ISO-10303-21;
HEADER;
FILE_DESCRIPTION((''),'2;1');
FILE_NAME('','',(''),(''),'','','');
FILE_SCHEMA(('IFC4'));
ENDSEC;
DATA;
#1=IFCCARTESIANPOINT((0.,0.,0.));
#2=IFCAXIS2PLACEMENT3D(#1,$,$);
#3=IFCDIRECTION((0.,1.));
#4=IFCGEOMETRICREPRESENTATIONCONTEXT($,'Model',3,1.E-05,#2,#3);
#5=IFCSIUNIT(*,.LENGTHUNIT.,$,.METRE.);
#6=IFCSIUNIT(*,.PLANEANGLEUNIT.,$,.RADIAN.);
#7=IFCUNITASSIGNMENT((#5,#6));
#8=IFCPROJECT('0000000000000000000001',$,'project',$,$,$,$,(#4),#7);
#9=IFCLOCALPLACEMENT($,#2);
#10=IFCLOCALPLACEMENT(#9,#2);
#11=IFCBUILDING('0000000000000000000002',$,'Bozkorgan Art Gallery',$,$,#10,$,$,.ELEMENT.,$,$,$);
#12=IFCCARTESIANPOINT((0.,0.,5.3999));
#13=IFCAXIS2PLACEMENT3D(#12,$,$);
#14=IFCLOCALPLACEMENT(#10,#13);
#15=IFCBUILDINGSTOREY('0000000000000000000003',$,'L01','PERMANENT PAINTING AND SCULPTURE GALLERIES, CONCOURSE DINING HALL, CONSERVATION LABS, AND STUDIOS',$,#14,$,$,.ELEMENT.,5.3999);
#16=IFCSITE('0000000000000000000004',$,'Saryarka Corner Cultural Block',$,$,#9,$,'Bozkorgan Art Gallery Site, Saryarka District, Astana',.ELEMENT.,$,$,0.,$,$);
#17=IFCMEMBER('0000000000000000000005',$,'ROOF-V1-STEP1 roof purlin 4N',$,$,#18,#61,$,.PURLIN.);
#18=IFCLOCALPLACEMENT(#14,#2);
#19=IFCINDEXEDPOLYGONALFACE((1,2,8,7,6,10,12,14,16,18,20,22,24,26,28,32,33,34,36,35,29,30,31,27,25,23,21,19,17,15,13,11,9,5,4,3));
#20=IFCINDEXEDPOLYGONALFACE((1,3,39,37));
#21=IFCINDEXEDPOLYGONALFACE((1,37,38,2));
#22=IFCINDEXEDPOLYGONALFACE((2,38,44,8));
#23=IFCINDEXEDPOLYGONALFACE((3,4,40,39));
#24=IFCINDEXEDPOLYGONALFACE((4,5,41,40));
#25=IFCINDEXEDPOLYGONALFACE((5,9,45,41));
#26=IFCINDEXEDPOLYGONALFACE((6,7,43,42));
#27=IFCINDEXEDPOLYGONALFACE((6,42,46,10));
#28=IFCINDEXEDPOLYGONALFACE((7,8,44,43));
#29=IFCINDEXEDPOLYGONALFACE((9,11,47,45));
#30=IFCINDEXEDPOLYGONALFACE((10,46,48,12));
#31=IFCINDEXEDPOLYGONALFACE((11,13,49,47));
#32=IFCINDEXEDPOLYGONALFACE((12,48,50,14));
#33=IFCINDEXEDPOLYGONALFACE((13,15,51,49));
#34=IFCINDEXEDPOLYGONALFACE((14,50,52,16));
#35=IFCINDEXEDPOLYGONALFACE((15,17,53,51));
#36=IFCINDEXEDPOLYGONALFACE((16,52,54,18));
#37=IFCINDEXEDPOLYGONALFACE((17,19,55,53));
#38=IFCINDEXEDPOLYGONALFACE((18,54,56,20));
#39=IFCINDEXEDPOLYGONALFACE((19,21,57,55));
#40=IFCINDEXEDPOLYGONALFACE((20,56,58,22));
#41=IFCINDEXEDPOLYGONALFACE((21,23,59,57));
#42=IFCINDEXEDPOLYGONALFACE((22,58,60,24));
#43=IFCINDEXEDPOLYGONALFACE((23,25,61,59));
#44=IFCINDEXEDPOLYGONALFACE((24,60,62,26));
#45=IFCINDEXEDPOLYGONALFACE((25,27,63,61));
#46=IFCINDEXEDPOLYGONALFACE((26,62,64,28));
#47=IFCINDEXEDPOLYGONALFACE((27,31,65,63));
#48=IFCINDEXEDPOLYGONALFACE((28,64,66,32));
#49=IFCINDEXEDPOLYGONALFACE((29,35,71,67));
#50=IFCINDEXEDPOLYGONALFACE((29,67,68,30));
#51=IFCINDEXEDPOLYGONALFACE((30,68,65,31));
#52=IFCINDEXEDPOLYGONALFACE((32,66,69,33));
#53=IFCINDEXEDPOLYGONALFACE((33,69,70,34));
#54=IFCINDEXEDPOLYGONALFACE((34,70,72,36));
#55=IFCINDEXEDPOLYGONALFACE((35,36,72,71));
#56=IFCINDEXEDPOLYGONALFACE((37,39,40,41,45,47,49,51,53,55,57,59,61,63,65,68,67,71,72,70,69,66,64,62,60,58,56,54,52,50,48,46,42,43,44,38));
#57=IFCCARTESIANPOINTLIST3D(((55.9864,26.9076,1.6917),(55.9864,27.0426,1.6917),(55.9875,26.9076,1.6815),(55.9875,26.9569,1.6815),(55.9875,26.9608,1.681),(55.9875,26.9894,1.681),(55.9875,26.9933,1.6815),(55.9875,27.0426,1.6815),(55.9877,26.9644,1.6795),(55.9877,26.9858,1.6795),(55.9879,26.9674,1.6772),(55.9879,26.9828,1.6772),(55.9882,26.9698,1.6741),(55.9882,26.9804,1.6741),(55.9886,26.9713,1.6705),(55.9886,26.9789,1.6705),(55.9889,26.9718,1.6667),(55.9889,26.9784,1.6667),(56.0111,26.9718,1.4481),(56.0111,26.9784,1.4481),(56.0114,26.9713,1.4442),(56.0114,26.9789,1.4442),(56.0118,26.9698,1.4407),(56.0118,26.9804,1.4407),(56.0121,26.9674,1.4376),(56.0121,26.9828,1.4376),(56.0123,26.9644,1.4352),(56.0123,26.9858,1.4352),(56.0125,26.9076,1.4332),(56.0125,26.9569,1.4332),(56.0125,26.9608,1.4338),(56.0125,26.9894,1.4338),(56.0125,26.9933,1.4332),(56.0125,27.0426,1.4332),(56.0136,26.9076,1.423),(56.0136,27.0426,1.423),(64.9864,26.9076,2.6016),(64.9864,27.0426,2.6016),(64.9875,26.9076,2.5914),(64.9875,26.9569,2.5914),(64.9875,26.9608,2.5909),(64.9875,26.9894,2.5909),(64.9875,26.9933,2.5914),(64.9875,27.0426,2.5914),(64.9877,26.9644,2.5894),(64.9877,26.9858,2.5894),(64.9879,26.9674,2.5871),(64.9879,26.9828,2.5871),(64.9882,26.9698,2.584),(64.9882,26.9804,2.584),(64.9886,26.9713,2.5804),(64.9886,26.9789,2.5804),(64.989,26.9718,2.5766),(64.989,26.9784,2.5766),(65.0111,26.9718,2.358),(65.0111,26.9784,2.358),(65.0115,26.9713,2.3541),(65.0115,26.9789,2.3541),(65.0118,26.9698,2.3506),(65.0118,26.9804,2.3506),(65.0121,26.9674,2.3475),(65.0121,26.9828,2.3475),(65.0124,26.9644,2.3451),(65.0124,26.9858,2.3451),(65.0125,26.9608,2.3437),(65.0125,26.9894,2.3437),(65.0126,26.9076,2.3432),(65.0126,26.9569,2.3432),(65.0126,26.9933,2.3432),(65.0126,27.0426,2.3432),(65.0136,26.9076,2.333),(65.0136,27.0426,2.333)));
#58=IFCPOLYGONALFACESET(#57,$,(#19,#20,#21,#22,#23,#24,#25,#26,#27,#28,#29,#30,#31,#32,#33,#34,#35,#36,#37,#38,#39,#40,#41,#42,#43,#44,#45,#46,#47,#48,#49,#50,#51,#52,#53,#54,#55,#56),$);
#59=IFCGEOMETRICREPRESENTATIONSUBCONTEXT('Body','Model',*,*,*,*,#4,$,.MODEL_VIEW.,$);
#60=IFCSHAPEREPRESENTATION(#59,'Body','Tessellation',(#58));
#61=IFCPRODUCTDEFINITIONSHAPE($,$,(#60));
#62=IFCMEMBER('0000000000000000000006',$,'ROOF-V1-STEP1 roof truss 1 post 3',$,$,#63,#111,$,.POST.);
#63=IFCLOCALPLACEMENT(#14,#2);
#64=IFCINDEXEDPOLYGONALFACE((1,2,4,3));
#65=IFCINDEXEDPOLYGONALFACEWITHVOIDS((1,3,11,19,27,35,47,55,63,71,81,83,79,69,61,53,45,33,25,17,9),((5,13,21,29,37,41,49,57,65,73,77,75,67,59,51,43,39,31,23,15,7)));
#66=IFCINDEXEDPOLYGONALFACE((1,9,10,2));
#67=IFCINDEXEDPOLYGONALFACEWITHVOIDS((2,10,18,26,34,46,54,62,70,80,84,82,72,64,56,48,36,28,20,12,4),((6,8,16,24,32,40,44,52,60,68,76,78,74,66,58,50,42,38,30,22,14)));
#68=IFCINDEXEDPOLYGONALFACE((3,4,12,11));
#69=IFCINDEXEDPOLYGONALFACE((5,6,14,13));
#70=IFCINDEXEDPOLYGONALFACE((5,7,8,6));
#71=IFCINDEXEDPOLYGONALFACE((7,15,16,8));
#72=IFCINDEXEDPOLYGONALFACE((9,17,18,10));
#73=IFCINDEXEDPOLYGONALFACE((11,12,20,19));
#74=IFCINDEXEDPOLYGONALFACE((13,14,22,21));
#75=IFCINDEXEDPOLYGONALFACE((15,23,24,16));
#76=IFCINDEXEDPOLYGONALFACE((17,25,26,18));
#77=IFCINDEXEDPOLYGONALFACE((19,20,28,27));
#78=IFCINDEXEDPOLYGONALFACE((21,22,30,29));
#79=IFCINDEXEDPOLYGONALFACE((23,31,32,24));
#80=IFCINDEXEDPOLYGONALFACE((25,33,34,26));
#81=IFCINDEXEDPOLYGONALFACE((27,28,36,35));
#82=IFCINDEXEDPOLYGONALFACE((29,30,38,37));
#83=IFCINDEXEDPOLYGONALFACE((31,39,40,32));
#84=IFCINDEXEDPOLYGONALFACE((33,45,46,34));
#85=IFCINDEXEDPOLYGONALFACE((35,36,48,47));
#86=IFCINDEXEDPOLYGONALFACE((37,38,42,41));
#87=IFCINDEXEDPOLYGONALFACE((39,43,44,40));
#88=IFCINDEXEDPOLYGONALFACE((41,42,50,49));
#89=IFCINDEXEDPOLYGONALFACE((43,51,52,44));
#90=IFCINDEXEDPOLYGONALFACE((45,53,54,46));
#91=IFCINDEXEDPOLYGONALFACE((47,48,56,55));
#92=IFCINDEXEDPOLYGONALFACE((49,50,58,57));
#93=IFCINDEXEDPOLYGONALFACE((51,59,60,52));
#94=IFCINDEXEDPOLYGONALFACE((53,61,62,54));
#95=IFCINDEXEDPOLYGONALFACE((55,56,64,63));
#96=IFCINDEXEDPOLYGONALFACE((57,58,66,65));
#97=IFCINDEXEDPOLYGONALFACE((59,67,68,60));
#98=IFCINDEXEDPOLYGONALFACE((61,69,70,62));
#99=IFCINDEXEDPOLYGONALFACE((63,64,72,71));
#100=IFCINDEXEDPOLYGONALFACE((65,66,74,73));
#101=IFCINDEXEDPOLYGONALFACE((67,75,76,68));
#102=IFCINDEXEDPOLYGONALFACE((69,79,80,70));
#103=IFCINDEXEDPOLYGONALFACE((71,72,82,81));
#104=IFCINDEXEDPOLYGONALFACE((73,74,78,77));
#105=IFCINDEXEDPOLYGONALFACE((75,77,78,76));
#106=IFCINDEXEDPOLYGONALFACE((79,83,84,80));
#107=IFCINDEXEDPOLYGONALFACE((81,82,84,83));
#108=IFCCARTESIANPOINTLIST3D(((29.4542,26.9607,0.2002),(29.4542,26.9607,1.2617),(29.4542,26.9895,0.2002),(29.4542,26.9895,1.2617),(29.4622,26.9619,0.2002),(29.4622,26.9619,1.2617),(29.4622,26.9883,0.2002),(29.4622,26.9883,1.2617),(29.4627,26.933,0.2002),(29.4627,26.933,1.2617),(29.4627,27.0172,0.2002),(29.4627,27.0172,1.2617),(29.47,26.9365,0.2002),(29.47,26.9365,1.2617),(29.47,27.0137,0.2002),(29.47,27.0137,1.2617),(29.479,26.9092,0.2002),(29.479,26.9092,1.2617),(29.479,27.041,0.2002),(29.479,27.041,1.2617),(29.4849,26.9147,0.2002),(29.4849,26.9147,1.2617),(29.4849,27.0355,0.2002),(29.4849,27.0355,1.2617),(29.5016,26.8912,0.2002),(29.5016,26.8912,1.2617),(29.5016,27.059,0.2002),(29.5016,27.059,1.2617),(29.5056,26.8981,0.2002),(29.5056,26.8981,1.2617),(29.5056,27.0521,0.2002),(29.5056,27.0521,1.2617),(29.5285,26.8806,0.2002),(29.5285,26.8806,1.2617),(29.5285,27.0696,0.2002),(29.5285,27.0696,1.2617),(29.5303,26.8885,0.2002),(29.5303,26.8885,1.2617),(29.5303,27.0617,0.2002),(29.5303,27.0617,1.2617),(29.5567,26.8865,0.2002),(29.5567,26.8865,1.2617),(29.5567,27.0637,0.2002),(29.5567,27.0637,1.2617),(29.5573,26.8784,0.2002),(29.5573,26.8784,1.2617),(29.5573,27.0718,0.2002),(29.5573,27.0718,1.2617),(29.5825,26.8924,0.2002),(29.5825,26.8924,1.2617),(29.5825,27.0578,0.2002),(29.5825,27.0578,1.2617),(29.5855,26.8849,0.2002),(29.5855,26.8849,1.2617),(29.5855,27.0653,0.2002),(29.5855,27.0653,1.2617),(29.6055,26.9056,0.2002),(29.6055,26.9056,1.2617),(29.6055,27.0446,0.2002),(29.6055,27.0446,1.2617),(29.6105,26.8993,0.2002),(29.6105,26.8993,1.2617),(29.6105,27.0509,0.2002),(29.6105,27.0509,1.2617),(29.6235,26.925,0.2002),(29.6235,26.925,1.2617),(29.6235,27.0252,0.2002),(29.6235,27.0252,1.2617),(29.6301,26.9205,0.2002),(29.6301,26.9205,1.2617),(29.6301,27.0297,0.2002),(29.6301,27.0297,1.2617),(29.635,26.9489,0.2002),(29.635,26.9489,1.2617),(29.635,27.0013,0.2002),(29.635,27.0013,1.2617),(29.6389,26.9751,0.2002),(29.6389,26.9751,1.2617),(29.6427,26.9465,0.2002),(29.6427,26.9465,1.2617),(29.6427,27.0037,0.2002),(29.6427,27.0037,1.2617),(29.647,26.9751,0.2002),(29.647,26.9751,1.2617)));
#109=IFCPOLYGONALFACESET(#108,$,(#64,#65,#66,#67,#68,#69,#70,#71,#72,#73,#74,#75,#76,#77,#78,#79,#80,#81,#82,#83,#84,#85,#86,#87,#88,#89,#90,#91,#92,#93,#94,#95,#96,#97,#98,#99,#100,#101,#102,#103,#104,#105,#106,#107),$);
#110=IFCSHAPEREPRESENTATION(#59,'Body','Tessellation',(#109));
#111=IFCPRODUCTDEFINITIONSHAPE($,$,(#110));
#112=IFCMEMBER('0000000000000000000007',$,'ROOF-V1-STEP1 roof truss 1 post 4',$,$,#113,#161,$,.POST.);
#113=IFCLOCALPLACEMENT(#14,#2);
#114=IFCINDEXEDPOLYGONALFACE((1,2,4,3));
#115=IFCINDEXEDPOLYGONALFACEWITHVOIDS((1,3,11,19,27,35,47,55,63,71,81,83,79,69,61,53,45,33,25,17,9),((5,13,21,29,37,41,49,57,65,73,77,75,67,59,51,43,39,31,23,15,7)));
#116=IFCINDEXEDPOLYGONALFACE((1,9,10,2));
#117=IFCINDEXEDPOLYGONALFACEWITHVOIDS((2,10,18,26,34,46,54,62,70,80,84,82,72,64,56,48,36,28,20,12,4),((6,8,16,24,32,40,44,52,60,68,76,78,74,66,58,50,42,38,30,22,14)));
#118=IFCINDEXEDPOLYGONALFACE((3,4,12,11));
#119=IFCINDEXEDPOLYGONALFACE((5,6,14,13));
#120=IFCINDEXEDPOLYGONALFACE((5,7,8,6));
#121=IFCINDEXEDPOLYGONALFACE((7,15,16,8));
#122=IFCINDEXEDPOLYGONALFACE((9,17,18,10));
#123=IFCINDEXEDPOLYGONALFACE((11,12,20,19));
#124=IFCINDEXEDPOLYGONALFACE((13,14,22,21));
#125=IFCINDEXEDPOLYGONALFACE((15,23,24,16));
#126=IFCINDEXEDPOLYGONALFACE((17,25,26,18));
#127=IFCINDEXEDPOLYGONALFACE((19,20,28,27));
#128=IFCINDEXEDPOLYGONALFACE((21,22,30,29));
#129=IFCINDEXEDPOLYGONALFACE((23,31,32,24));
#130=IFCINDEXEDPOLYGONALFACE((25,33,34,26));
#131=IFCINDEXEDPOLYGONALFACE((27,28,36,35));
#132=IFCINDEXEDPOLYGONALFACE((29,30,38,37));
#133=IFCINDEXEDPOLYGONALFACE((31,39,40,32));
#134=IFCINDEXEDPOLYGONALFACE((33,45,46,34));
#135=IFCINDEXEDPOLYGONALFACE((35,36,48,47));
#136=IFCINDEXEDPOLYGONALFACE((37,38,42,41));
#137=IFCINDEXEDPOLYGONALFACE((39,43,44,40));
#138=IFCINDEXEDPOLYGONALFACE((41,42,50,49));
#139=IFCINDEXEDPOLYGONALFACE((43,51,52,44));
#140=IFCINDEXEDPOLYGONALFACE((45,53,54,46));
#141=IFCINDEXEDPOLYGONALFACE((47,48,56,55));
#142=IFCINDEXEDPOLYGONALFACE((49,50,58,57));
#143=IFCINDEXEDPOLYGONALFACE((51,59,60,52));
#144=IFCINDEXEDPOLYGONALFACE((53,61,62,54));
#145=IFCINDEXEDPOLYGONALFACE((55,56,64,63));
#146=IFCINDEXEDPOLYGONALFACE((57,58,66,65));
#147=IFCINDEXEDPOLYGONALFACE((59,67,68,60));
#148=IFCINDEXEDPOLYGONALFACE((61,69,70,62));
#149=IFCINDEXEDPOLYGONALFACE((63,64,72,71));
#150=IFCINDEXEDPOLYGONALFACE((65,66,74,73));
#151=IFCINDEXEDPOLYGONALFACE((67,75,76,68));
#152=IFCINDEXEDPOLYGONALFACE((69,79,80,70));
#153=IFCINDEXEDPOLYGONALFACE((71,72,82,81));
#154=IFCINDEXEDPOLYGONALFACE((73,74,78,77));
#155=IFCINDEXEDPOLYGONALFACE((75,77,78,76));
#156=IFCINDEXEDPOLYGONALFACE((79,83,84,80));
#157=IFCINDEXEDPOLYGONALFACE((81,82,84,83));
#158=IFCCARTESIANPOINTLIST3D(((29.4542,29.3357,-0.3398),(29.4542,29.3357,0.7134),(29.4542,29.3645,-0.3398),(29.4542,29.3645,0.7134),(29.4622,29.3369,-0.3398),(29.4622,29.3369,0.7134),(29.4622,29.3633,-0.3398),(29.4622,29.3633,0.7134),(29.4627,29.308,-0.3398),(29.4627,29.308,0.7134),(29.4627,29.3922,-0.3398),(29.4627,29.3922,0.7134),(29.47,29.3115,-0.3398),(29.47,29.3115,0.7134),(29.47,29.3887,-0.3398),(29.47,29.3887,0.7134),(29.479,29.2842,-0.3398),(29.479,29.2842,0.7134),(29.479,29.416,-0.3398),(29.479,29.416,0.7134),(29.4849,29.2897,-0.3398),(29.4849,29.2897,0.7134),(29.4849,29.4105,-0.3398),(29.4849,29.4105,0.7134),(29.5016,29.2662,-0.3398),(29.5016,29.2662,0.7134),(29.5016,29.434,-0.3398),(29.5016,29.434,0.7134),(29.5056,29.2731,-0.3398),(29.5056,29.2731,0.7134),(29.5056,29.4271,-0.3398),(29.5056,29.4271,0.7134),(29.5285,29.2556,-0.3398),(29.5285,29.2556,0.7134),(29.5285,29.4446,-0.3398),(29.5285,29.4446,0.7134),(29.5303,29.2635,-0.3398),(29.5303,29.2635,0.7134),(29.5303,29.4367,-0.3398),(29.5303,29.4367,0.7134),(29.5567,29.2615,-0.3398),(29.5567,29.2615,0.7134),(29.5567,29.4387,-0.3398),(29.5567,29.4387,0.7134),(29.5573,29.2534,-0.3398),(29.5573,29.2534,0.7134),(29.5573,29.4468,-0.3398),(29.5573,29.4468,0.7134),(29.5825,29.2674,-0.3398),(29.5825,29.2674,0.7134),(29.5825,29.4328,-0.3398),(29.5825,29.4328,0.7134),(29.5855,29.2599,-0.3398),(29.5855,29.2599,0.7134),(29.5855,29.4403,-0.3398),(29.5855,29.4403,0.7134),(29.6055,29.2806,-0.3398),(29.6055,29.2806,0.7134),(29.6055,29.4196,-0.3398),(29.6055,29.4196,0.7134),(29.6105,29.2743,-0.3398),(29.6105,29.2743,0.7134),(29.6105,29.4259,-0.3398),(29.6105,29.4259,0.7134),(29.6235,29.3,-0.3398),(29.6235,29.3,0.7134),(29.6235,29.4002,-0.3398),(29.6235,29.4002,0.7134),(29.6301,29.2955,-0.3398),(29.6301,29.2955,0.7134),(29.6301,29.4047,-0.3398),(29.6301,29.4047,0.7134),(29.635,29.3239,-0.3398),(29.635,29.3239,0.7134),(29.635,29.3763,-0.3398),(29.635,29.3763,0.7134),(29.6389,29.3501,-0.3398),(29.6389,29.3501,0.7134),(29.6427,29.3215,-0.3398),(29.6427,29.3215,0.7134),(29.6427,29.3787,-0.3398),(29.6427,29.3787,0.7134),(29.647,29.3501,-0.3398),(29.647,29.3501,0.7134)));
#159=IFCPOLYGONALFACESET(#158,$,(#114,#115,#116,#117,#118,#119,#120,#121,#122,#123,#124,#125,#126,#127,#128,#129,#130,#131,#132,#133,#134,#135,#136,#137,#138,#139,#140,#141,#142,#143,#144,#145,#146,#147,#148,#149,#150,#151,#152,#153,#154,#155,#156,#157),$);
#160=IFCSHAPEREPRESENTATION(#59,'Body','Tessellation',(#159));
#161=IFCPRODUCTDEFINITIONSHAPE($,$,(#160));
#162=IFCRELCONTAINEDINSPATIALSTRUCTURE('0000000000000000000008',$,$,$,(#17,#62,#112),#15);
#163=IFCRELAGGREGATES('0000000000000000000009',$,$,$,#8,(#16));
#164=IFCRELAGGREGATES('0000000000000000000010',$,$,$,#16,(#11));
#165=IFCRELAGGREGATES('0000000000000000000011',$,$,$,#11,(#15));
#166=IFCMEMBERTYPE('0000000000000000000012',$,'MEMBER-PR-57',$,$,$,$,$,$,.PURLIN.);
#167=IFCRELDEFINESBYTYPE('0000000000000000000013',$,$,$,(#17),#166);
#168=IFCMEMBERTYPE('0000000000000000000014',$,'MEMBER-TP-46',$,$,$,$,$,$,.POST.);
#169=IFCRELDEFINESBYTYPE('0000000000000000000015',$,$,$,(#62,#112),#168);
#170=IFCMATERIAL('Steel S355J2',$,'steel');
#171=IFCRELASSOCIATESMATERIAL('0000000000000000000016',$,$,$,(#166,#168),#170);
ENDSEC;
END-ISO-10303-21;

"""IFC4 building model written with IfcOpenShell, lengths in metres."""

from ifc_helpers import new_model, si_unit, direction, frame, origin, origin_2d, place, context, subcontext, project, spatial, hollow_circle, i_section, extrude, material, material_profile, profile_set, type_object, element, save


model = new_model("IFC4")

# Units and contexts
model_context = context("Model", 3, precision=1e-05, world=origin(), true_north=direction((0.0, 1.0)))
body_context = subcontext(model_context, "Body", "Model", "MODEL_VIEW")
ifc_project = project(units=[si_unit("LENGTHUNIT", "METRE"), si_unit("PLANEANGLEUNIT", "RADIAN")], contexts=[model_context])

# Site, building, storey
site_placement = place(None, origin())
site = spatial("IfcSite", under=ifc_project, at=site_placement, Name="Saryarka Corner Cultural Block", LongName="Bozkorgan Art Gallery Site, Saryarka District, Astana", CompositionType="ELEMENT", RefElevation=0.0)
building_placement = place(site_placement, origin())
building = spatial("IfcBuilding", under=site, at=building_placement, Name="Bozkorgan Art Gallery", CompositionType="ELEMENT")
storey_placement = place(building_placement, frame((0.0, 0.0, 5.3999)))
storey = spatial("IfcBuildingStorey", under=building, at=storey_placement, Name="L01", Description="PERMANENT PAINTING AND SCULPTURE GALLERIES, CONCOURSE DINING HALL, CONSERVATION LABS, AND STUDIOS", CompositionType="ELEMENT", Elevation=5.3999)

# Members
ifc_material_1 = material(Name="Steel S355J2", Category="steel")
ifc_material_profile_1 = material_profile(ifc_material_1, i_section(OverallWidth=0.135, OverallDepth=0.27, WebThickness=0.0066, FlangeThickness=0.0103, FilletRadius=0.0149, at=origin_2d()), Name="IPE 270")
ifc_profile_set_1 = profile_set([ifc_material_profile_1], Name="Steel S355J2")
member_type_1 = type_object("IfcMemberType", Name="MEMBER-PR-57", PredefinedType="PURLIN", material=ifc_profile_set_1)
member_1_placement = place(storey_placement, frame((56.0, 26.9751, 1.5574), z_axis=(0.994928, 0.0, 0.100589), x_axis=(0.0, 1.0, 0.0)))
element("IfcMember", 1, at=member_1_placement, inside=storey, type_object=member_type_1, Name="ROOF-V1-STEP1 roof purlin 4N", PredefinedType="PURLIN", context=body_context, shape_type="SweptSolid", body=[
    extrude(i_section(OverallWidth=0.135, OverallDepth=0.27, WebThickness=0.0066, FlangeThickness=0.0103, FilletRadius=0.0149, at=origin_2d()), origin(), (0.0, 0.0, 1.0), 9.0459),
])
ifc_material_profile_2 = material_profile(ifc_material_1, hollow_circle(Radius=0.0969, WallThickness=0.0081, at=origin_2d()), Name="CHS 193.7x8")
ifc_profile_set_2 = profile_set([ifc_material_profile_2], Name="Steel S355J2")
member_type_2 = type_object("IfcMemberType", Name="MEMBER-TP-46", PredefinedType="POST", material=ifc_profile_set_2)
member_2_placement = place(storey_placement, frame((29.55, 26.9751, 0.2002), z_axis=(0.0, 0.0, 1.0), x_axis=(1.0, 0.0, 0.0)))
element("IfcMember", 2, at=member_2_placement, inside=storey, type_object=member_type_2, Name="ROOF-V1-STEP1 roof truss 1 post 3", PredefinedType="POST", context=body_context, shape_type="SweptSolid", body=[
    extrude(hollow_circle(Radius=0.0969, WallThickness=0.0081, at=origin_2d()), origin(), (0.0, 0.0, 1.0), 1.0615),
])
member_3_placement = place(storey_placement, frame((29.55, 29.3501, -0.3398), z_axis=(0.0, 0.0, 1.0), x_axis=(1.0, 0.0, 0.0)))
element("IfcMember", 3, at=member_3_placement, inside=storey, type_object=member_type_2, Name="ROOF-V1-STEP1 roof truss 1 post 4", PredefinedType="POST", context=body_context, shape_type="SweptSolid", body=[
    extrude(hollow_circle(Radius=0.0969, WallThickness=0.0081, at=origin_2d()), origin(), (0.0, 0.0, 1.0), 1.0532),
])

save(model, "model.ifc")
